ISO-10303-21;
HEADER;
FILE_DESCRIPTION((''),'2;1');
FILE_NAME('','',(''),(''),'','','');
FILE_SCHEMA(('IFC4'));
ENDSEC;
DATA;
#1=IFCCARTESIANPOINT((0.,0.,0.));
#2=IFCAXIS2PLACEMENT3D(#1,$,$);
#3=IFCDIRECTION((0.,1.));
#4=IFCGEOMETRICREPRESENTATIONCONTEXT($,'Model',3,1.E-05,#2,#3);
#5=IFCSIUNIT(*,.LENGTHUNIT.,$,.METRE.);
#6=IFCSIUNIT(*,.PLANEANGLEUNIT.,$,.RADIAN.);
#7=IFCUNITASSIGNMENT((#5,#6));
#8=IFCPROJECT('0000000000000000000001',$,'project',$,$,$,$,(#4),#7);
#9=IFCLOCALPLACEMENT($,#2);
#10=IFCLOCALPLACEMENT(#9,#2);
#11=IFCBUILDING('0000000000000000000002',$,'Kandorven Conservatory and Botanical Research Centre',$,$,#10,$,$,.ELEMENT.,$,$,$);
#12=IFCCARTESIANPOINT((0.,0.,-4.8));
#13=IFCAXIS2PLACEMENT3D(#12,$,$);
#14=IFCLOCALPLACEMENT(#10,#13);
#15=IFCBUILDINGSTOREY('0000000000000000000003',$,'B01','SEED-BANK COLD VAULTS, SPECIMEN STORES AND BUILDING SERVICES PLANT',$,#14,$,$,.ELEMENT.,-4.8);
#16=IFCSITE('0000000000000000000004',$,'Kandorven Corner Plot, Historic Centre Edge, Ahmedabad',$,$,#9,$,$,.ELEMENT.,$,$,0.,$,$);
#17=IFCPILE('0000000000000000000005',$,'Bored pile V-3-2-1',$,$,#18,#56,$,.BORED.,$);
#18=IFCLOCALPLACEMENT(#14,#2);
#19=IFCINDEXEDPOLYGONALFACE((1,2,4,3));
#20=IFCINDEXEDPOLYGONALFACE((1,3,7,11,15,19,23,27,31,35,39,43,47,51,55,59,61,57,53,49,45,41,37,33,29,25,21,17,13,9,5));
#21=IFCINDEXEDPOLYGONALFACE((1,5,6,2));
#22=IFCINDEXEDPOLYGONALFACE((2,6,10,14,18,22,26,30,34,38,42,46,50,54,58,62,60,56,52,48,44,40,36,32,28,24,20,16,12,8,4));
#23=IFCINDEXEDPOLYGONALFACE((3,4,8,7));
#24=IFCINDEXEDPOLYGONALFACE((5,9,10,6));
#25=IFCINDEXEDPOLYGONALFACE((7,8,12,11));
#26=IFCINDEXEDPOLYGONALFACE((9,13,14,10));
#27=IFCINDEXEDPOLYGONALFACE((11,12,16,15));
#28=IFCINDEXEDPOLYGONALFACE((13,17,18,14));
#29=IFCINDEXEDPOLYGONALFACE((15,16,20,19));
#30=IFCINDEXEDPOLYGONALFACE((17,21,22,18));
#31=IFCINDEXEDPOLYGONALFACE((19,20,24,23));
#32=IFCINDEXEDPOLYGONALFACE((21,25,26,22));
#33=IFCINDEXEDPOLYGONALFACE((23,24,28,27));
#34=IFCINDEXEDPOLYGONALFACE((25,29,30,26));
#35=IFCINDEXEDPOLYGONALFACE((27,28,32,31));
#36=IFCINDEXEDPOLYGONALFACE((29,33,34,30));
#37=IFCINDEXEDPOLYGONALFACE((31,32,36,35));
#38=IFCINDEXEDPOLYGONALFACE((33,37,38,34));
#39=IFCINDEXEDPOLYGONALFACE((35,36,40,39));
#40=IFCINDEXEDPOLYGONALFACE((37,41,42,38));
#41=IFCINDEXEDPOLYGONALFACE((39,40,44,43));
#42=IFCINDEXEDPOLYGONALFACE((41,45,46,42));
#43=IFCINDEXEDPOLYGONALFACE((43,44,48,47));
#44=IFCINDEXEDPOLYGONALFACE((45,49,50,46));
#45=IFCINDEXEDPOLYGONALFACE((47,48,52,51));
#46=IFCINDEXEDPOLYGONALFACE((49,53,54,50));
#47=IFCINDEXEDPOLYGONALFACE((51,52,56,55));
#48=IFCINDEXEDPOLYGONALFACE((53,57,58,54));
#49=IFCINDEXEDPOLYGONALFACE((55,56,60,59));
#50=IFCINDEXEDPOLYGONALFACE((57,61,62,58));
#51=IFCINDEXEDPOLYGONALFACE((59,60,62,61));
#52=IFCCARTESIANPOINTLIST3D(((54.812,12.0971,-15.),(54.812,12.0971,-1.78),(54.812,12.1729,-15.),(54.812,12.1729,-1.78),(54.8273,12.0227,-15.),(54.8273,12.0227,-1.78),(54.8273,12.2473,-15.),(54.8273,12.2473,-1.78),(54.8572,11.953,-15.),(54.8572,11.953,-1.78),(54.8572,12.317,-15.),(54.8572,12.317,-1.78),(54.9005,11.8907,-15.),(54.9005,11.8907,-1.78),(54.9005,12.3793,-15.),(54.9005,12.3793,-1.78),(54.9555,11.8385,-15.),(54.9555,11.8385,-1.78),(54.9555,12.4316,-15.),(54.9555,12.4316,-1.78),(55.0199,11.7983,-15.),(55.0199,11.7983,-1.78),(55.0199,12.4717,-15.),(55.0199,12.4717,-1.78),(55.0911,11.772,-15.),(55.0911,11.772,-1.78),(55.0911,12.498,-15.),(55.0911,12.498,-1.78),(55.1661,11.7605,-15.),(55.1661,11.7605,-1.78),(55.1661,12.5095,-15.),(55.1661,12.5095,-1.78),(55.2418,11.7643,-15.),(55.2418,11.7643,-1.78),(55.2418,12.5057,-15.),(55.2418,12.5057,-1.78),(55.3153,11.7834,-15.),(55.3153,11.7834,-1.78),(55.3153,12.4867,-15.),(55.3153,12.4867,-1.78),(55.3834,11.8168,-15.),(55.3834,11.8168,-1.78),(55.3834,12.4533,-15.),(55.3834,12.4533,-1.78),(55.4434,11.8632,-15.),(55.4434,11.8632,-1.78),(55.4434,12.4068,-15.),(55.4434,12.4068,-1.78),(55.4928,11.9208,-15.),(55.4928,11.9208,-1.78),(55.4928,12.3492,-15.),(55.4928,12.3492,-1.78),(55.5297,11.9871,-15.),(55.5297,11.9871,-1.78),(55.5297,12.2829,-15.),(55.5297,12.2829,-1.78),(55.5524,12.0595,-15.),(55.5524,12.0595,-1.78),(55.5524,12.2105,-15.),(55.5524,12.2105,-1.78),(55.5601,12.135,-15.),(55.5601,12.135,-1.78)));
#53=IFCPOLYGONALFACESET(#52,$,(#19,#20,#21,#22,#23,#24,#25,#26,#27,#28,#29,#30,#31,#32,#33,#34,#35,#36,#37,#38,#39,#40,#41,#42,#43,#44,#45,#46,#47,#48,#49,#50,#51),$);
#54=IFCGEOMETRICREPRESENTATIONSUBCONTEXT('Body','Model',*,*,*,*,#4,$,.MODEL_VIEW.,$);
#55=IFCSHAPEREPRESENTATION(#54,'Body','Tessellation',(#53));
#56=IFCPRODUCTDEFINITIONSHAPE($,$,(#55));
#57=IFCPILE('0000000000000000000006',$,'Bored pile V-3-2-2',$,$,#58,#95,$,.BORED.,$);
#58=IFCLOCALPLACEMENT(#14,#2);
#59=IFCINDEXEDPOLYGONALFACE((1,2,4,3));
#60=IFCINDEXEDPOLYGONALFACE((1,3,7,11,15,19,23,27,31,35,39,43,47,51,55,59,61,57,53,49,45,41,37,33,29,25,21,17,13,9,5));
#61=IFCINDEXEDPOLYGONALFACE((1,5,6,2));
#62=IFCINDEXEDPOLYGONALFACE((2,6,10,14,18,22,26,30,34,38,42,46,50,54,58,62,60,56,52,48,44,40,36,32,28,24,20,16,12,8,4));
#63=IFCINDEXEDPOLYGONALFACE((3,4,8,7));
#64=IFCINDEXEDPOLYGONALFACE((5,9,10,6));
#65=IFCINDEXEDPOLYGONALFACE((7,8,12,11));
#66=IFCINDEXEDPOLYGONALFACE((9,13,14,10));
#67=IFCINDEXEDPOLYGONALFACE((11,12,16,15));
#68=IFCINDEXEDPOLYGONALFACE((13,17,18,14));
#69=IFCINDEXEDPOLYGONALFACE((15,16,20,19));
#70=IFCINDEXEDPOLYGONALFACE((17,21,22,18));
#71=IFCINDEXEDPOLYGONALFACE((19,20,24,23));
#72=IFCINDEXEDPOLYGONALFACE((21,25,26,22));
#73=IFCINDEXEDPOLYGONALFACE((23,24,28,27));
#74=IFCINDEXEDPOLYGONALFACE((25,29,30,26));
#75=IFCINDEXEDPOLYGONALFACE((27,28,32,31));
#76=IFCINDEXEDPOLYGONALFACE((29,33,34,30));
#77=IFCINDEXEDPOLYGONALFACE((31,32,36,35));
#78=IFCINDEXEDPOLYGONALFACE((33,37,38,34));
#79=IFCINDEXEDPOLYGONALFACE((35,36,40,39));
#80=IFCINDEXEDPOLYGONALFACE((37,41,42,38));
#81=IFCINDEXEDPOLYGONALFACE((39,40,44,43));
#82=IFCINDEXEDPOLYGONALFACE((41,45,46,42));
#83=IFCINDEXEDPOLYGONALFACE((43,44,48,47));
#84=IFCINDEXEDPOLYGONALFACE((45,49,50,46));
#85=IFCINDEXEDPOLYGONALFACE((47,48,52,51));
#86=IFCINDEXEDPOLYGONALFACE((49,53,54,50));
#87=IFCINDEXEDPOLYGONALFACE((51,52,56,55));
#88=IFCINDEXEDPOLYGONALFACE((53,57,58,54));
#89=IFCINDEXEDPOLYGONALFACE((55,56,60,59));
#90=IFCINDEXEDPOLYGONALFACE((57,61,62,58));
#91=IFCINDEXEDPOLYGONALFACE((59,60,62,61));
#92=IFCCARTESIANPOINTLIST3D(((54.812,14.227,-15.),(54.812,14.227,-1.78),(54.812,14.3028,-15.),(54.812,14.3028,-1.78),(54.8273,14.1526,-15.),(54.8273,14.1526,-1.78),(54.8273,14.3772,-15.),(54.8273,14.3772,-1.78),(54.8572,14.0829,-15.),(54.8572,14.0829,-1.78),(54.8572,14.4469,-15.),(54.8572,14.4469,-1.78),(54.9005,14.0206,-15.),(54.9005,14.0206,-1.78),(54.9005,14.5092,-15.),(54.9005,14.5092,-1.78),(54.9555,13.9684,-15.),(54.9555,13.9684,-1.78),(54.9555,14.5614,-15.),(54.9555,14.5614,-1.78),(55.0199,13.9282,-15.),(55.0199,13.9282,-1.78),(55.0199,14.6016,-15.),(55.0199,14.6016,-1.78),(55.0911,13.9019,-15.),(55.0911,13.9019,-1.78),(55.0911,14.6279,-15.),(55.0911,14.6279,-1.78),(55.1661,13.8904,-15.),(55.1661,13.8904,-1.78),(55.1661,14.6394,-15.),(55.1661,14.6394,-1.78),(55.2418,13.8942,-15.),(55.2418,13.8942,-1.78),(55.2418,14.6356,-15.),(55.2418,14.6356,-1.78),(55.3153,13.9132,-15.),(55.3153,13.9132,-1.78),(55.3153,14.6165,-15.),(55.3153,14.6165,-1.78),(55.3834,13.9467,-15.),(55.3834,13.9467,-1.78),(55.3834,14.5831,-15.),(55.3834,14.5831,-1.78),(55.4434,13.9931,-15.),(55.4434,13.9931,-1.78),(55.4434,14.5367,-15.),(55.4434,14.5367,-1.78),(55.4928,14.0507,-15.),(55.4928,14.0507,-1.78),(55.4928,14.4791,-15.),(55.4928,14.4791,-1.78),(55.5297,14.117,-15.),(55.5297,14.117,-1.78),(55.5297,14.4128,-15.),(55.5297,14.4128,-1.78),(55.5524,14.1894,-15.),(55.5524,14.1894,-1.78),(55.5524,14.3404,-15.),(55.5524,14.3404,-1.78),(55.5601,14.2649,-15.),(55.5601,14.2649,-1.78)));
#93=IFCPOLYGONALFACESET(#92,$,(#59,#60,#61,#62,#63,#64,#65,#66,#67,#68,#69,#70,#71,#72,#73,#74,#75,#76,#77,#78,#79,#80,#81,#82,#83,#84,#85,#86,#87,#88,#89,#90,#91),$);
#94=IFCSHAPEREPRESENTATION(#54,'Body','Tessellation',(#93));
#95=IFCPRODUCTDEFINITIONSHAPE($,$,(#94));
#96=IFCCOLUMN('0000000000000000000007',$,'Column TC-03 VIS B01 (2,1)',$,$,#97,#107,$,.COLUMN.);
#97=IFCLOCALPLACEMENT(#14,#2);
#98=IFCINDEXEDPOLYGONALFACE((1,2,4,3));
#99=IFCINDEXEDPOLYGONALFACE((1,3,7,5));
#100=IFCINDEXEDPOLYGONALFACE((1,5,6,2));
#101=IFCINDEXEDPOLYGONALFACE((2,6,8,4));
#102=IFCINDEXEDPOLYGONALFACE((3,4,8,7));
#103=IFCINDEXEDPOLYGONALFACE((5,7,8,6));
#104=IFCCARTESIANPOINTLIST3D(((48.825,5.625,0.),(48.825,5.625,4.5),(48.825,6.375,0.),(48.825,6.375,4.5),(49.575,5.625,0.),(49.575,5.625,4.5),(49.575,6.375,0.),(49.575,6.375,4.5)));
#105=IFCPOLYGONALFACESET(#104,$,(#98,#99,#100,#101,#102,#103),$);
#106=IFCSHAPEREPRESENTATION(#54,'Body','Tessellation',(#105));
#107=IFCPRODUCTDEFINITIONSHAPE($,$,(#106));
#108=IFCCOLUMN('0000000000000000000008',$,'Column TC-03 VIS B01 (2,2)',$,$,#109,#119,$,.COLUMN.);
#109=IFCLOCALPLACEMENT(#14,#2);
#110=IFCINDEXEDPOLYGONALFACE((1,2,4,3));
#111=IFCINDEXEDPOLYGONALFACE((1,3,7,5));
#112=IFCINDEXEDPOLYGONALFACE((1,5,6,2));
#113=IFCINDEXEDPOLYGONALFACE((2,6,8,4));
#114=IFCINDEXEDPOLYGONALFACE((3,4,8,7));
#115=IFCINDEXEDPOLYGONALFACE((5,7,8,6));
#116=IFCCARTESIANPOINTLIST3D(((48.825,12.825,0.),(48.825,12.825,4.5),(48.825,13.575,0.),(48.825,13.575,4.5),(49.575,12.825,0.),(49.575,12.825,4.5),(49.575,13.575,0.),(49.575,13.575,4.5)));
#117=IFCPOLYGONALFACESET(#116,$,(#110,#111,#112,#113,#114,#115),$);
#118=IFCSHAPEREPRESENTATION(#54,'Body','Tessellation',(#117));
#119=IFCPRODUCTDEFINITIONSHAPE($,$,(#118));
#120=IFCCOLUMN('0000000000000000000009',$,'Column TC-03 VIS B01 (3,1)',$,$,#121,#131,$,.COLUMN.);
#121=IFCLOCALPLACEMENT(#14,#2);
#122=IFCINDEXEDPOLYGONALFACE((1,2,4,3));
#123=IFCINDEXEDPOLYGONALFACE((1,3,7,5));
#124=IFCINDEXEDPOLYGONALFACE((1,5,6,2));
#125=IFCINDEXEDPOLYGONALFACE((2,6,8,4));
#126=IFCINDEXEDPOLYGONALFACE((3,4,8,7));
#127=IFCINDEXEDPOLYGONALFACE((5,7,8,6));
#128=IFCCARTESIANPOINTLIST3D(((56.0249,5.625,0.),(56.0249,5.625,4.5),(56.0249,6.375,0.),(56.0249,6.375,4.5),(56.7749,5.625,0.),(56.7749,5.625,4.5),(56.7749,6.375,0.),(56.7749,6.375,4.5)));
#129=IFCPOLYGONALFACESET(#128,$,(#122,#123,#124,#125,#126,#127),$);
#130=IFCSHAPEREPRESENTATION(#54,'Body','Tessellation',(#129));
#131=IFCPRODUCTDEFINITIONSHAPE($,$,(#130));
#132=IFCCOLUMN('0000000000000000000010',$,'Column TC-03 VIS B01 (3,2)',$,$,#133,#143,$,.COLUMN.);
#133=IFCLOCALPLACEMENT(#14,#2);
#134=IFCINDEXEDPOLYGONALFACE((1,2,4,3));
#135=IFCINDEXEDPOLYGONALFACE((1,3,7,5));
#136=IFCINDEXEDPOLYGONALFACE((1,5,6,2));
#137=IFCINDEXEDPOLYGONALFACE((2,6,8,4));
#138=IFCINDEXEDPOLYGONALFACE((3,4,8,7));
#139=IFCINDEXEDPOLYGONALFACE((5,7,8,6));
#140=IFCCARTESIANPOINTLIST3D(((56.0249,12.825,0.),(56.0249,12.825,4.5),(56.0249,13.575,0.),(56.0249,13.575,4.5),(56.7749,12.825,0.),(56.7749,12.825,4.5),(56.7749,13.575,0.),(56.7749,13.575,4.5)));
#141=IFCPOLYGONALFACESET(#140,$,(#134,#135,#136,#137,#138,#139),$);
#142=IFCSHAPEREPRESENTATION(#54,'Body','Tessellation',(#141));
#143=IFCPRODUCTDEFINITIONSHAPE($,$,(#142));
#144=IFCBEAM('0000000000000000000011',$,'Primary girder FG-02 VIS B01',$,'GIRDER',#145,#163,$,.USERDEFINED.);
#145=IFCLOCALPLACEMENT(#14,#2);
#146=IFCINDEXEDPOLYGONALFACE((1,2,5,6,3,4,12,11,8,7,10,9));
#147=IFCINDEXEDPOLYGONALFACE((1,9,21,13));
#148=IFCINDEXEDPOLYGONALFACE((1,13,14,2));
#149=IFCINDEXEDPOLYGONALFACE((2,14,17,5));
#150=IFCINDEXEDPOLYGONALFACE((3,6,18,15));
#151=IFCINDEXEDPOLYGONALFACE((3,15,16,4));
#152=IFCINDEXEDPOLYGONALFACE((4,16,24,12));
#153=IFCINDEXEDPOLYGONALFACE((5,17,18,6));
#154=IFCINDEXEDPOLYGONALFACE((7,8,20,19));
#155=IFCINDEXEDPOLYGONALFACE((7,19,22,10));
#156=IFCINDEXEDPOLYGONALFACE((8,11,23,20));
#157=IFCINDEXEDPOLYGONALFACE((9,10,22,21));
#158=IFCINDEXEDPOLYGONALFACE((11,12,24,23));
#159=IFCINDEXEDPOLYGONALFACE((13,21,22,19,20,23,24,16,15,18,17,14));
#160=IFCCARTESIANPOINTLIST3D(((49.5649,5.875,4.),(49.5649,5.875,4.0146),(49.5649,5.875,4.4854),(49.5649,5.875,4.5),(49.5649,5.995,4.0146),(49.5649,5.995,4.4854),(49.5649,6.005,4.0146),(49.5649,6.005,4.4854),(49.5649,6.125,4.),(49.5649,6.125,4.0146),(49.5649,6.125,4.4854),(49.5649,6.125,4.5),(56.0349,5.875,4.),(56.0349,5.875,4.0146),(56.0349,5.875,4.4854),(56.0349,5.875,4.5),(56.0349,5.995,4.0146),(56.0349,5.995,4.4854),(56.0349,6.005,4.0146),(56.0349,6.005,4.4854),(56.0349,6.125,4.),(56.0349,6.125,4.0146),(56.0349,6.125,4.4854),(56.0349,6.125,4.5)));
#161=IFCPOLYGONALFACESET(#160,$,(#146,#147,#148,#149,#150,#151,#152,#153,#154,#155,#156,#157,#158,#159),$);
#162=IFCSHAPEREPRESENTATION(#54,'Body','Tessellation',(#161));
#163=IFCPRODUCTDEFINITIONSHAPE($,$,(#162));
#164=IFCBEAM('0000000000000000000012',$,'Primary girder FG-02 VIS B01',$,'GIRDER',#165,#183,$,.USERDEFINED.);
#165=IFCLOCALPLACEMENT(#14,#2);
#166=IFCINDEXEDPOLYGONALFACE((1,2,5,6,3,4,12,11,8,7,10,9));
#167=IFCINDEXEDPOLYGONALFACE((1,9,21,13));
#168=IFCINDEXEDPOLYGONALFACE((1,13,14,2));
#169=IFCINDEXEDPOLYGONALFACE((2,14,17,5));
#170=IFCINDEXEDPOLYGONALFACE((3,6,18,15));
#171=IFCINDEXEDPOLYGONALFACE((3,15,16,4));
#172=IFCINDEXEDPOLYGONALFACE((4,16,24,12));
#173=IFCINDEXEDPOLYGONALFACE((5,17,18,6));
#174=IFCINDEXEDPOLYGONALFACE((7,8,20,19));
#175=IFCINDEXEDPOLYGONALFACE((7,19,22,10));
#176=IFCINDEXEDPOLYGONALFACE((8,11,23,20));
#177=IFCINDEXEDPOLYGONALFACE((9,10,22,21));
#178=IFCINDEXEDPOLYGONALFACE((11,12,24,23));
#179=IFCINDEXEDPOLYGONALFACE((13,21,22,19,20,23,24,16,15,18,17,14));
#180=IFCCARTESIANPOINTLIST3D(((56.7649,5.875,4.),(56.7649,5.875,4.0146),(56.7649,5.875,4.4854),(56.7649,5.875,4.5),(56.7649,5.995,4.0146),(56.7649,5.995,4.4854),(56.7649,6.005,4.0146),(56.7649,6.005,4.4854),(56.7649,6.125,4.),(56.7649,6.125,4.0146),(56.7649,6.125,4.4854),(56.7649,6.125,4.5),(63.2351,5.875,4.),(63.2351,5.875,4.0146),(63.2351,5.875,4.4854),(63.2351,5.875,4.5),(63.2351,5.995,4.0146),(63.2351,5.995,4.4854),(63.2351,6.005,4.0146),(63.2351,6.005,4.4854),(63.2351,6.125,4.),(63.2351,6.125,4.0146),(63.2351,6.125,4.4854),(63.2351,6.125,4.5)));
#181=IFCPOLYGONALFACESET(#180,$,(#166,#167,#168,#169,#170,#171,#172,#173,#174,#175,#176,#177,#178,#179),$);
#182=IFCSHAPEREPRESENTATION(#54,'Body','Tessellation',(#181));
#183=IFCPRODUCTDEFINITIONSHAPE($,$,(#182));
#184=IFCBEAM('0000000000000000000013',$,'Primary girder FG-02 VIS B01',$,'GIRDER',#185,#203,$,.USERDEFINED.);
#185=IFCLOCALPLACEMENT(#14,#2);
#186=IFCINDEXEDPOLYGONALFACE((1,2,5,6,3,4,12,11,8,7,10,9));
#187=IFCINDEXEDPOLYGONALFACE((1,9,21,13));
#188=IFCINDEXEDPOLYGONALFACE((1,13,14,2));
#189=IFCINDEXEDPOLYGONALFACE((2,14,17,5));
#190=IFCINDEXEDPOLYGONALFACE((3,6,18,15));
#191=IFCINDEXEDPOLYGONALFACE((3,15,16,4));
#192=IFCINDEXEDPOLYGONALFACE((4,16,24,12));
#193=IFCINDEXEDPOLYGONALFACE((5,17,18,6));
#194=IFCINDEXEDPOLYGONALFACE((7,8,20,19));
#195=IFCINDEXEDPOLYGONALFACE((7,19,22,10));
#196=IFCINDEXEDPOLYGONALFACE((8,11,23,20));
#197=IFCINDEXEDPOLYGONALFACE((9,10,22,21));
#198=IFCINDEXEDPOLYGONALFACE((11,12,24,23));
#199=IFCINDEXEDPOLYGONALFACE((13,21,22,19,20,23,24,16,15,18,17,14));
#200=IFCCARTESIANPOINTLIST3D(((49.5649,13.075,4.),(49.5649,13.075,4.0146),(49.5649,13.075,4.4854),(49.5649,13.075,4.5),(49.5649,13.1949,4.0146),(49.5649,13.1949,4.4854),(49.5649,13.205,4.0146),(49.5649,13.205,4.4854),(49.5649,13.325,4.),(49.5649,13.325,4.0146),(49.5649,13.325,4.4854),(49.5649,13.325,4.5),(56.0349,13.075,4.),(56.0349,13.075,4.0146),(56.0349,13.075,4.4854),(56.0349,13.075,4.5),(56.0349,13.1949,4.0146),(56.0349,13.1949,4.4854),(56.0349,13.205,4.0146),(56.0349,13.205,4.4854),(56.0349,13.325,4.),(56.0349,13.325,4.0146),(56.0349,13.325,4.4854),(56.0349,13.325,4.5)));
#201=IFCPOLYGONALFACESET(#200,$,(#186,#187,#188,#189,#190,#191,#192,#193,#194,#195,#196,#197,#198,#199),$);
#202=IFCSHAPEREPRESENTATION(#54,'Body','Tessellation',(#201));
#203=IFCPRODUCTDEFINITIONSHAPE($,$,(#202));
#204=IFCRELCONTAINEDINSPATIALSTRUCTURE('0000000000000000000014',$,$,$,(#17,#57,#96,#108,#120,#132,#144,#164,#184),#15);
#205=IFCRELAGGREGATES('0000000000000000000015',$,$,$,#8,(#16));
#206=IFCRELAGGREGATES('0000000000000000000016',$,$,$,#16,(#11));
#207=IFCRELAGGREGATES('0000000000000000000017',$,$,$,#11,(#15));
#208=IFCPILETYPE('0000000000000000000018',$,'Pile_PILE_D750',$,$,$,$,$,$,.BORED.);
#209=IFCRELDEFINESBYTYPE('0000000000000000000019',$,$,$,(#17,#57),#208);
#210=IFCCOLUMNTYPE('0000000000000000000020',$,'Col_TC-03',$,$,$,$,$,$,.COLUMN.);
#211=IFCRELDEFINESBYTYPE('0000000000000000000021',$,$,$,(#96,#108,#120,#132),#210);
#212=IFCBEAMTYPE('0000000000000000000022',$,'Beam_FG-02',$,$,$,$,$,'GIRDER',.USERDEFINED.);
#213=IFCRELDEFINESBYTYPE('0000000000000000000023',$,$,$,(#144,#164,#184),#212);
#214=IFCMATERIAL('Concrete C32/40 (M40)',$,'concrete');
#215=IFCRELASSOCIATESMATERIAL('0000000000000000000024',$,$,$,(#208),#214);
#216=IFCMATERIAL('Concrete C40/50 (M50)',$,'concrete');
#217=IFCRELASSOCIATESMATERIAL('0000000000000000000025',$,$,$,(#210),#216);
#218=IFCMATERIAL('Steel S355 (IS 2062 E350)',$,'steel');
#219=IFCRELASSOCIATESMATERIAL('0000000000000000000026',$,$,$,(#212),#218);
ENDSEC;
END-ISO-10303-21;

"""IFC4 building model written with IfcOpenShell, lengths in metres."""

from ifc_helpers import new_model, si_unit, direction, frame, origin, origin_2d, place, context, subcontext, project, spatial, rectangle, circle, i_section, extrude, material, material_profile, profile_set, type_object, element, save


model = new_model("IFC4")

# Units and contexts
model_context = context("Model", 3, precision=1e-05, world=origin(), true_north=direction((0.0, 1.0)))
body_context = subcontext(model_context, "Body", "Model", "MODEL_VIEW")
ifc_project = project(units=[si_unit("LENGTHUNIT", "METRE"), si_unit("PLANEANGLEUNIT", "RADIAN")], contexts=[model_context])

# Site, building, storey
site_placement = place(None, origin())
site = spatial("IfcSite", under=ifc_project, at=site_placement, Name="Kandorven Corner Plot, Historic Centre Edge, Ahmedabad", CompositionType="ELEMENT", RefElevation=0.0)
building_placement = place(site_placement, origin())
building = spatial("IfcBuilding", under=site, at=building_placement, Name="Kandorven Conservatory and Botanical Research Centre", CompositionType="ELEMENT")
storey_placement = place(building_placement, frame((0.0, 0.0, -4.8)))
storey = spatial("IfcBuildingStorey", under=building, at=storey_placement, Name="B01", Description="SEED-BANK COLD VAULTS, SPECIMEN STORES AND BUILDING SERVICES PLANT", CompositionType="ELEMENT", Elevation=-4.8)

# Piles
ifc_material_1 = material(Name="Concrete C32/40 (M40)", Category="concrete")
ifc_material_profile_1 = material_profile(ifc_material_1, circle(Radius=0.375, at=origin_2d()))
ifc_profile_set_1 = profile_set([ifc_material_profile_1], Name="Concrete C32/40 (M40)")
pile_type = type_object("IfcPileType", Name="Pile_PILE_D750", PredefinedType="BORED", material=ifc_profile_set_1)
for number, where, z_axis, x_axis, name in (
    (1, (55.1851, 12.135, -1.78), (0.0, 0.0, -1.0), (1.0, 0.0, 0.0), "Bored pile V-3-2-1"),
    (2, (55.1851, 14.2649, -1.78), (0.0, 0.0, -1.0), (1.0, 0.0, 0.0), "Bored pile V-3-2-2"),
):
    element("IfcPile", number, at=place(storey_placement, frame(where, z_axis=z_axis, x_axis=x_axis)), inside=storey, type_object=pile_type, Name=name, PredefinedType="BORED", context=body_context, shape_type="SweptSolid", body=[
        extrude(circle(Radius=0.375, at=origin_2d()), origin(), (0.0, 0.0, 1.0), 13.22),
    ])

# Columns
ifc_material_2 = material(Name="Concrete C40/50 (M50)", Category="concrete")
ifc_material_profile_2 = material_profile(ifc_material_2, rectangle(XDim=0.75, YDim=0.75, at=origin_2d()))
ifc_profile_set_2 = profile_set([ifc_material_profile_2], Name="Concrete C40/50 (M50)")
column_type = type_object("IfcColumnType", Name="Col_TC-03", PredefinedType="COLUMN", material=ifc_profile_set_2)
for number, where, z_axis, x_axis, name in (
    (3, (49.2, 6.0, 0.0), (0.0, 0.0, 1.0), (1.0, 0.0, 0.0), "Column TC-03 VIS B01 (2,1)"),
    (4, (49.2, 13.2, 0.0), (0.0, 0.0, 1.0), (1.0, 0.0, 0.0), "Column TC-03 VIS B01 (2,2)"),
    (5, (56.3999, 6.0, 0.0), (0.0, 0.0, 1.0), (1.0, 0.0, 0.0), "Column TC-03 VIS B01 (3,1)"),
    (6, (56.3999, 13.2, 0.0), (0.0, 0.0, 1.0), (1.0, 0.0, 0.0), "Column TC-03 VIS B01 (3,2)"),
):
    element("IfcColumn", number, at=place(storey_placement, frame(where, z_axis=z_axis, x_axis=x_axis)), inside=storey, type_object=column_type, Name=name, PredefinedType="COLUMN", context=body_context, shape_type="SweptSolid", body=[
        extrude(rectangle(XDim=0.75, YDim=0.75, at=origin_2d()), origin(), (0.0, 0.0, 1.0), 4.5),
    ])

# Beams
ifc_material_3 = material(Name="Steel S355 (IS 2062 E350)", Category="steel")
ifc_material_profile_3 = material_profile(ifc_material_3, i_section(OverallWidth=0.25, OverallDepth=0.5, WebThickness=0.01, FlangeThickness=0.0146, at=origin_2d()))
ifc_profile_set_3 = profile_set([ifc_material_profile_3], Name="Steel S355 (IS 2062 E350)")
beam_type_1 = type_object("IfcBeamType", Name="Beam_FG-02", ElementType="GIRDER", PredefinedType="USERDEFINED", material=ifc_profile_set_3)
beam_1_placement = place(storey_placement, frame((49.5649, 6.0, 4.25), z_axis=(1.0, 0.0, 0.0), x_axis=(0.0, 1.0, 0.0)))
element("IfcBeam", 7, at=beam_1_placement, inside=storey, type_object=beam_type_1, Name="Primary girder FG-02 VIS B01", ObjectType="GIRDER", PredefinedType="USERDEFINED", context=body_context, shape_type="SweptSolid", body=[
    extrude(i_section(OverallWidth=0.25, OverallDepth=0.5, WebThickness=0.01, FlangeThickness=0.0146, at=origin_2d()), origin(), (0.0, 0.0, 1.0), 6.47),
])
beam_2_placement = place(storey_placement, frame((56.7649, 6.0, 4.25), z_axis=(1.0, 0.0, 0.0), x_axis=(0.0, 1.0, 0.0)))
element("IfcBeam", 8, at=beam_2_placement, inside=storey, type_object=beam_type_1, Name="Primary girder FG-02 VIS B01", ObjectType="GIRDER", PredefinedType="USERDEFINED", context=body_context, shape_type="SweptSolid", body=[
    extrude(i_section(OverallWidth=0.25, OverallDepth=0.5, WebThickness=0.01, FlangeThickness=0.0146, at=origin_2d()), origin(), (0.0, 0.0, 1.0), 6.4702),
])
for number, where, z_axis, x_axis, name in (
    (9, (49.5649, 13.2, 4.25), (1.0, 0.0, 0.0), (0.0, 1.0, 0.0), "Primary girder FG-02 VIS B01"),
):
    element("IfcBeam", number, at=place(storey_placement, frame(where, z_axis=z_axis, x_axis=x_axis)), inside=storey, type_object=beam_type_1, Name=name, ObjectType="GIRDER", PredefinedType="USERDEFINED", context=body_context, shape_type="SweptSolid", body=[
        extrude(i_section(OverallWidth=0.25, OverallDepth=0.5, WebThickness=0.01, FlangeThickness=0.0146, at=origin_2d()), origin(), (0.0, 0.0, 1.0), 6.47),
    ])

save(model, "model.ifc")
